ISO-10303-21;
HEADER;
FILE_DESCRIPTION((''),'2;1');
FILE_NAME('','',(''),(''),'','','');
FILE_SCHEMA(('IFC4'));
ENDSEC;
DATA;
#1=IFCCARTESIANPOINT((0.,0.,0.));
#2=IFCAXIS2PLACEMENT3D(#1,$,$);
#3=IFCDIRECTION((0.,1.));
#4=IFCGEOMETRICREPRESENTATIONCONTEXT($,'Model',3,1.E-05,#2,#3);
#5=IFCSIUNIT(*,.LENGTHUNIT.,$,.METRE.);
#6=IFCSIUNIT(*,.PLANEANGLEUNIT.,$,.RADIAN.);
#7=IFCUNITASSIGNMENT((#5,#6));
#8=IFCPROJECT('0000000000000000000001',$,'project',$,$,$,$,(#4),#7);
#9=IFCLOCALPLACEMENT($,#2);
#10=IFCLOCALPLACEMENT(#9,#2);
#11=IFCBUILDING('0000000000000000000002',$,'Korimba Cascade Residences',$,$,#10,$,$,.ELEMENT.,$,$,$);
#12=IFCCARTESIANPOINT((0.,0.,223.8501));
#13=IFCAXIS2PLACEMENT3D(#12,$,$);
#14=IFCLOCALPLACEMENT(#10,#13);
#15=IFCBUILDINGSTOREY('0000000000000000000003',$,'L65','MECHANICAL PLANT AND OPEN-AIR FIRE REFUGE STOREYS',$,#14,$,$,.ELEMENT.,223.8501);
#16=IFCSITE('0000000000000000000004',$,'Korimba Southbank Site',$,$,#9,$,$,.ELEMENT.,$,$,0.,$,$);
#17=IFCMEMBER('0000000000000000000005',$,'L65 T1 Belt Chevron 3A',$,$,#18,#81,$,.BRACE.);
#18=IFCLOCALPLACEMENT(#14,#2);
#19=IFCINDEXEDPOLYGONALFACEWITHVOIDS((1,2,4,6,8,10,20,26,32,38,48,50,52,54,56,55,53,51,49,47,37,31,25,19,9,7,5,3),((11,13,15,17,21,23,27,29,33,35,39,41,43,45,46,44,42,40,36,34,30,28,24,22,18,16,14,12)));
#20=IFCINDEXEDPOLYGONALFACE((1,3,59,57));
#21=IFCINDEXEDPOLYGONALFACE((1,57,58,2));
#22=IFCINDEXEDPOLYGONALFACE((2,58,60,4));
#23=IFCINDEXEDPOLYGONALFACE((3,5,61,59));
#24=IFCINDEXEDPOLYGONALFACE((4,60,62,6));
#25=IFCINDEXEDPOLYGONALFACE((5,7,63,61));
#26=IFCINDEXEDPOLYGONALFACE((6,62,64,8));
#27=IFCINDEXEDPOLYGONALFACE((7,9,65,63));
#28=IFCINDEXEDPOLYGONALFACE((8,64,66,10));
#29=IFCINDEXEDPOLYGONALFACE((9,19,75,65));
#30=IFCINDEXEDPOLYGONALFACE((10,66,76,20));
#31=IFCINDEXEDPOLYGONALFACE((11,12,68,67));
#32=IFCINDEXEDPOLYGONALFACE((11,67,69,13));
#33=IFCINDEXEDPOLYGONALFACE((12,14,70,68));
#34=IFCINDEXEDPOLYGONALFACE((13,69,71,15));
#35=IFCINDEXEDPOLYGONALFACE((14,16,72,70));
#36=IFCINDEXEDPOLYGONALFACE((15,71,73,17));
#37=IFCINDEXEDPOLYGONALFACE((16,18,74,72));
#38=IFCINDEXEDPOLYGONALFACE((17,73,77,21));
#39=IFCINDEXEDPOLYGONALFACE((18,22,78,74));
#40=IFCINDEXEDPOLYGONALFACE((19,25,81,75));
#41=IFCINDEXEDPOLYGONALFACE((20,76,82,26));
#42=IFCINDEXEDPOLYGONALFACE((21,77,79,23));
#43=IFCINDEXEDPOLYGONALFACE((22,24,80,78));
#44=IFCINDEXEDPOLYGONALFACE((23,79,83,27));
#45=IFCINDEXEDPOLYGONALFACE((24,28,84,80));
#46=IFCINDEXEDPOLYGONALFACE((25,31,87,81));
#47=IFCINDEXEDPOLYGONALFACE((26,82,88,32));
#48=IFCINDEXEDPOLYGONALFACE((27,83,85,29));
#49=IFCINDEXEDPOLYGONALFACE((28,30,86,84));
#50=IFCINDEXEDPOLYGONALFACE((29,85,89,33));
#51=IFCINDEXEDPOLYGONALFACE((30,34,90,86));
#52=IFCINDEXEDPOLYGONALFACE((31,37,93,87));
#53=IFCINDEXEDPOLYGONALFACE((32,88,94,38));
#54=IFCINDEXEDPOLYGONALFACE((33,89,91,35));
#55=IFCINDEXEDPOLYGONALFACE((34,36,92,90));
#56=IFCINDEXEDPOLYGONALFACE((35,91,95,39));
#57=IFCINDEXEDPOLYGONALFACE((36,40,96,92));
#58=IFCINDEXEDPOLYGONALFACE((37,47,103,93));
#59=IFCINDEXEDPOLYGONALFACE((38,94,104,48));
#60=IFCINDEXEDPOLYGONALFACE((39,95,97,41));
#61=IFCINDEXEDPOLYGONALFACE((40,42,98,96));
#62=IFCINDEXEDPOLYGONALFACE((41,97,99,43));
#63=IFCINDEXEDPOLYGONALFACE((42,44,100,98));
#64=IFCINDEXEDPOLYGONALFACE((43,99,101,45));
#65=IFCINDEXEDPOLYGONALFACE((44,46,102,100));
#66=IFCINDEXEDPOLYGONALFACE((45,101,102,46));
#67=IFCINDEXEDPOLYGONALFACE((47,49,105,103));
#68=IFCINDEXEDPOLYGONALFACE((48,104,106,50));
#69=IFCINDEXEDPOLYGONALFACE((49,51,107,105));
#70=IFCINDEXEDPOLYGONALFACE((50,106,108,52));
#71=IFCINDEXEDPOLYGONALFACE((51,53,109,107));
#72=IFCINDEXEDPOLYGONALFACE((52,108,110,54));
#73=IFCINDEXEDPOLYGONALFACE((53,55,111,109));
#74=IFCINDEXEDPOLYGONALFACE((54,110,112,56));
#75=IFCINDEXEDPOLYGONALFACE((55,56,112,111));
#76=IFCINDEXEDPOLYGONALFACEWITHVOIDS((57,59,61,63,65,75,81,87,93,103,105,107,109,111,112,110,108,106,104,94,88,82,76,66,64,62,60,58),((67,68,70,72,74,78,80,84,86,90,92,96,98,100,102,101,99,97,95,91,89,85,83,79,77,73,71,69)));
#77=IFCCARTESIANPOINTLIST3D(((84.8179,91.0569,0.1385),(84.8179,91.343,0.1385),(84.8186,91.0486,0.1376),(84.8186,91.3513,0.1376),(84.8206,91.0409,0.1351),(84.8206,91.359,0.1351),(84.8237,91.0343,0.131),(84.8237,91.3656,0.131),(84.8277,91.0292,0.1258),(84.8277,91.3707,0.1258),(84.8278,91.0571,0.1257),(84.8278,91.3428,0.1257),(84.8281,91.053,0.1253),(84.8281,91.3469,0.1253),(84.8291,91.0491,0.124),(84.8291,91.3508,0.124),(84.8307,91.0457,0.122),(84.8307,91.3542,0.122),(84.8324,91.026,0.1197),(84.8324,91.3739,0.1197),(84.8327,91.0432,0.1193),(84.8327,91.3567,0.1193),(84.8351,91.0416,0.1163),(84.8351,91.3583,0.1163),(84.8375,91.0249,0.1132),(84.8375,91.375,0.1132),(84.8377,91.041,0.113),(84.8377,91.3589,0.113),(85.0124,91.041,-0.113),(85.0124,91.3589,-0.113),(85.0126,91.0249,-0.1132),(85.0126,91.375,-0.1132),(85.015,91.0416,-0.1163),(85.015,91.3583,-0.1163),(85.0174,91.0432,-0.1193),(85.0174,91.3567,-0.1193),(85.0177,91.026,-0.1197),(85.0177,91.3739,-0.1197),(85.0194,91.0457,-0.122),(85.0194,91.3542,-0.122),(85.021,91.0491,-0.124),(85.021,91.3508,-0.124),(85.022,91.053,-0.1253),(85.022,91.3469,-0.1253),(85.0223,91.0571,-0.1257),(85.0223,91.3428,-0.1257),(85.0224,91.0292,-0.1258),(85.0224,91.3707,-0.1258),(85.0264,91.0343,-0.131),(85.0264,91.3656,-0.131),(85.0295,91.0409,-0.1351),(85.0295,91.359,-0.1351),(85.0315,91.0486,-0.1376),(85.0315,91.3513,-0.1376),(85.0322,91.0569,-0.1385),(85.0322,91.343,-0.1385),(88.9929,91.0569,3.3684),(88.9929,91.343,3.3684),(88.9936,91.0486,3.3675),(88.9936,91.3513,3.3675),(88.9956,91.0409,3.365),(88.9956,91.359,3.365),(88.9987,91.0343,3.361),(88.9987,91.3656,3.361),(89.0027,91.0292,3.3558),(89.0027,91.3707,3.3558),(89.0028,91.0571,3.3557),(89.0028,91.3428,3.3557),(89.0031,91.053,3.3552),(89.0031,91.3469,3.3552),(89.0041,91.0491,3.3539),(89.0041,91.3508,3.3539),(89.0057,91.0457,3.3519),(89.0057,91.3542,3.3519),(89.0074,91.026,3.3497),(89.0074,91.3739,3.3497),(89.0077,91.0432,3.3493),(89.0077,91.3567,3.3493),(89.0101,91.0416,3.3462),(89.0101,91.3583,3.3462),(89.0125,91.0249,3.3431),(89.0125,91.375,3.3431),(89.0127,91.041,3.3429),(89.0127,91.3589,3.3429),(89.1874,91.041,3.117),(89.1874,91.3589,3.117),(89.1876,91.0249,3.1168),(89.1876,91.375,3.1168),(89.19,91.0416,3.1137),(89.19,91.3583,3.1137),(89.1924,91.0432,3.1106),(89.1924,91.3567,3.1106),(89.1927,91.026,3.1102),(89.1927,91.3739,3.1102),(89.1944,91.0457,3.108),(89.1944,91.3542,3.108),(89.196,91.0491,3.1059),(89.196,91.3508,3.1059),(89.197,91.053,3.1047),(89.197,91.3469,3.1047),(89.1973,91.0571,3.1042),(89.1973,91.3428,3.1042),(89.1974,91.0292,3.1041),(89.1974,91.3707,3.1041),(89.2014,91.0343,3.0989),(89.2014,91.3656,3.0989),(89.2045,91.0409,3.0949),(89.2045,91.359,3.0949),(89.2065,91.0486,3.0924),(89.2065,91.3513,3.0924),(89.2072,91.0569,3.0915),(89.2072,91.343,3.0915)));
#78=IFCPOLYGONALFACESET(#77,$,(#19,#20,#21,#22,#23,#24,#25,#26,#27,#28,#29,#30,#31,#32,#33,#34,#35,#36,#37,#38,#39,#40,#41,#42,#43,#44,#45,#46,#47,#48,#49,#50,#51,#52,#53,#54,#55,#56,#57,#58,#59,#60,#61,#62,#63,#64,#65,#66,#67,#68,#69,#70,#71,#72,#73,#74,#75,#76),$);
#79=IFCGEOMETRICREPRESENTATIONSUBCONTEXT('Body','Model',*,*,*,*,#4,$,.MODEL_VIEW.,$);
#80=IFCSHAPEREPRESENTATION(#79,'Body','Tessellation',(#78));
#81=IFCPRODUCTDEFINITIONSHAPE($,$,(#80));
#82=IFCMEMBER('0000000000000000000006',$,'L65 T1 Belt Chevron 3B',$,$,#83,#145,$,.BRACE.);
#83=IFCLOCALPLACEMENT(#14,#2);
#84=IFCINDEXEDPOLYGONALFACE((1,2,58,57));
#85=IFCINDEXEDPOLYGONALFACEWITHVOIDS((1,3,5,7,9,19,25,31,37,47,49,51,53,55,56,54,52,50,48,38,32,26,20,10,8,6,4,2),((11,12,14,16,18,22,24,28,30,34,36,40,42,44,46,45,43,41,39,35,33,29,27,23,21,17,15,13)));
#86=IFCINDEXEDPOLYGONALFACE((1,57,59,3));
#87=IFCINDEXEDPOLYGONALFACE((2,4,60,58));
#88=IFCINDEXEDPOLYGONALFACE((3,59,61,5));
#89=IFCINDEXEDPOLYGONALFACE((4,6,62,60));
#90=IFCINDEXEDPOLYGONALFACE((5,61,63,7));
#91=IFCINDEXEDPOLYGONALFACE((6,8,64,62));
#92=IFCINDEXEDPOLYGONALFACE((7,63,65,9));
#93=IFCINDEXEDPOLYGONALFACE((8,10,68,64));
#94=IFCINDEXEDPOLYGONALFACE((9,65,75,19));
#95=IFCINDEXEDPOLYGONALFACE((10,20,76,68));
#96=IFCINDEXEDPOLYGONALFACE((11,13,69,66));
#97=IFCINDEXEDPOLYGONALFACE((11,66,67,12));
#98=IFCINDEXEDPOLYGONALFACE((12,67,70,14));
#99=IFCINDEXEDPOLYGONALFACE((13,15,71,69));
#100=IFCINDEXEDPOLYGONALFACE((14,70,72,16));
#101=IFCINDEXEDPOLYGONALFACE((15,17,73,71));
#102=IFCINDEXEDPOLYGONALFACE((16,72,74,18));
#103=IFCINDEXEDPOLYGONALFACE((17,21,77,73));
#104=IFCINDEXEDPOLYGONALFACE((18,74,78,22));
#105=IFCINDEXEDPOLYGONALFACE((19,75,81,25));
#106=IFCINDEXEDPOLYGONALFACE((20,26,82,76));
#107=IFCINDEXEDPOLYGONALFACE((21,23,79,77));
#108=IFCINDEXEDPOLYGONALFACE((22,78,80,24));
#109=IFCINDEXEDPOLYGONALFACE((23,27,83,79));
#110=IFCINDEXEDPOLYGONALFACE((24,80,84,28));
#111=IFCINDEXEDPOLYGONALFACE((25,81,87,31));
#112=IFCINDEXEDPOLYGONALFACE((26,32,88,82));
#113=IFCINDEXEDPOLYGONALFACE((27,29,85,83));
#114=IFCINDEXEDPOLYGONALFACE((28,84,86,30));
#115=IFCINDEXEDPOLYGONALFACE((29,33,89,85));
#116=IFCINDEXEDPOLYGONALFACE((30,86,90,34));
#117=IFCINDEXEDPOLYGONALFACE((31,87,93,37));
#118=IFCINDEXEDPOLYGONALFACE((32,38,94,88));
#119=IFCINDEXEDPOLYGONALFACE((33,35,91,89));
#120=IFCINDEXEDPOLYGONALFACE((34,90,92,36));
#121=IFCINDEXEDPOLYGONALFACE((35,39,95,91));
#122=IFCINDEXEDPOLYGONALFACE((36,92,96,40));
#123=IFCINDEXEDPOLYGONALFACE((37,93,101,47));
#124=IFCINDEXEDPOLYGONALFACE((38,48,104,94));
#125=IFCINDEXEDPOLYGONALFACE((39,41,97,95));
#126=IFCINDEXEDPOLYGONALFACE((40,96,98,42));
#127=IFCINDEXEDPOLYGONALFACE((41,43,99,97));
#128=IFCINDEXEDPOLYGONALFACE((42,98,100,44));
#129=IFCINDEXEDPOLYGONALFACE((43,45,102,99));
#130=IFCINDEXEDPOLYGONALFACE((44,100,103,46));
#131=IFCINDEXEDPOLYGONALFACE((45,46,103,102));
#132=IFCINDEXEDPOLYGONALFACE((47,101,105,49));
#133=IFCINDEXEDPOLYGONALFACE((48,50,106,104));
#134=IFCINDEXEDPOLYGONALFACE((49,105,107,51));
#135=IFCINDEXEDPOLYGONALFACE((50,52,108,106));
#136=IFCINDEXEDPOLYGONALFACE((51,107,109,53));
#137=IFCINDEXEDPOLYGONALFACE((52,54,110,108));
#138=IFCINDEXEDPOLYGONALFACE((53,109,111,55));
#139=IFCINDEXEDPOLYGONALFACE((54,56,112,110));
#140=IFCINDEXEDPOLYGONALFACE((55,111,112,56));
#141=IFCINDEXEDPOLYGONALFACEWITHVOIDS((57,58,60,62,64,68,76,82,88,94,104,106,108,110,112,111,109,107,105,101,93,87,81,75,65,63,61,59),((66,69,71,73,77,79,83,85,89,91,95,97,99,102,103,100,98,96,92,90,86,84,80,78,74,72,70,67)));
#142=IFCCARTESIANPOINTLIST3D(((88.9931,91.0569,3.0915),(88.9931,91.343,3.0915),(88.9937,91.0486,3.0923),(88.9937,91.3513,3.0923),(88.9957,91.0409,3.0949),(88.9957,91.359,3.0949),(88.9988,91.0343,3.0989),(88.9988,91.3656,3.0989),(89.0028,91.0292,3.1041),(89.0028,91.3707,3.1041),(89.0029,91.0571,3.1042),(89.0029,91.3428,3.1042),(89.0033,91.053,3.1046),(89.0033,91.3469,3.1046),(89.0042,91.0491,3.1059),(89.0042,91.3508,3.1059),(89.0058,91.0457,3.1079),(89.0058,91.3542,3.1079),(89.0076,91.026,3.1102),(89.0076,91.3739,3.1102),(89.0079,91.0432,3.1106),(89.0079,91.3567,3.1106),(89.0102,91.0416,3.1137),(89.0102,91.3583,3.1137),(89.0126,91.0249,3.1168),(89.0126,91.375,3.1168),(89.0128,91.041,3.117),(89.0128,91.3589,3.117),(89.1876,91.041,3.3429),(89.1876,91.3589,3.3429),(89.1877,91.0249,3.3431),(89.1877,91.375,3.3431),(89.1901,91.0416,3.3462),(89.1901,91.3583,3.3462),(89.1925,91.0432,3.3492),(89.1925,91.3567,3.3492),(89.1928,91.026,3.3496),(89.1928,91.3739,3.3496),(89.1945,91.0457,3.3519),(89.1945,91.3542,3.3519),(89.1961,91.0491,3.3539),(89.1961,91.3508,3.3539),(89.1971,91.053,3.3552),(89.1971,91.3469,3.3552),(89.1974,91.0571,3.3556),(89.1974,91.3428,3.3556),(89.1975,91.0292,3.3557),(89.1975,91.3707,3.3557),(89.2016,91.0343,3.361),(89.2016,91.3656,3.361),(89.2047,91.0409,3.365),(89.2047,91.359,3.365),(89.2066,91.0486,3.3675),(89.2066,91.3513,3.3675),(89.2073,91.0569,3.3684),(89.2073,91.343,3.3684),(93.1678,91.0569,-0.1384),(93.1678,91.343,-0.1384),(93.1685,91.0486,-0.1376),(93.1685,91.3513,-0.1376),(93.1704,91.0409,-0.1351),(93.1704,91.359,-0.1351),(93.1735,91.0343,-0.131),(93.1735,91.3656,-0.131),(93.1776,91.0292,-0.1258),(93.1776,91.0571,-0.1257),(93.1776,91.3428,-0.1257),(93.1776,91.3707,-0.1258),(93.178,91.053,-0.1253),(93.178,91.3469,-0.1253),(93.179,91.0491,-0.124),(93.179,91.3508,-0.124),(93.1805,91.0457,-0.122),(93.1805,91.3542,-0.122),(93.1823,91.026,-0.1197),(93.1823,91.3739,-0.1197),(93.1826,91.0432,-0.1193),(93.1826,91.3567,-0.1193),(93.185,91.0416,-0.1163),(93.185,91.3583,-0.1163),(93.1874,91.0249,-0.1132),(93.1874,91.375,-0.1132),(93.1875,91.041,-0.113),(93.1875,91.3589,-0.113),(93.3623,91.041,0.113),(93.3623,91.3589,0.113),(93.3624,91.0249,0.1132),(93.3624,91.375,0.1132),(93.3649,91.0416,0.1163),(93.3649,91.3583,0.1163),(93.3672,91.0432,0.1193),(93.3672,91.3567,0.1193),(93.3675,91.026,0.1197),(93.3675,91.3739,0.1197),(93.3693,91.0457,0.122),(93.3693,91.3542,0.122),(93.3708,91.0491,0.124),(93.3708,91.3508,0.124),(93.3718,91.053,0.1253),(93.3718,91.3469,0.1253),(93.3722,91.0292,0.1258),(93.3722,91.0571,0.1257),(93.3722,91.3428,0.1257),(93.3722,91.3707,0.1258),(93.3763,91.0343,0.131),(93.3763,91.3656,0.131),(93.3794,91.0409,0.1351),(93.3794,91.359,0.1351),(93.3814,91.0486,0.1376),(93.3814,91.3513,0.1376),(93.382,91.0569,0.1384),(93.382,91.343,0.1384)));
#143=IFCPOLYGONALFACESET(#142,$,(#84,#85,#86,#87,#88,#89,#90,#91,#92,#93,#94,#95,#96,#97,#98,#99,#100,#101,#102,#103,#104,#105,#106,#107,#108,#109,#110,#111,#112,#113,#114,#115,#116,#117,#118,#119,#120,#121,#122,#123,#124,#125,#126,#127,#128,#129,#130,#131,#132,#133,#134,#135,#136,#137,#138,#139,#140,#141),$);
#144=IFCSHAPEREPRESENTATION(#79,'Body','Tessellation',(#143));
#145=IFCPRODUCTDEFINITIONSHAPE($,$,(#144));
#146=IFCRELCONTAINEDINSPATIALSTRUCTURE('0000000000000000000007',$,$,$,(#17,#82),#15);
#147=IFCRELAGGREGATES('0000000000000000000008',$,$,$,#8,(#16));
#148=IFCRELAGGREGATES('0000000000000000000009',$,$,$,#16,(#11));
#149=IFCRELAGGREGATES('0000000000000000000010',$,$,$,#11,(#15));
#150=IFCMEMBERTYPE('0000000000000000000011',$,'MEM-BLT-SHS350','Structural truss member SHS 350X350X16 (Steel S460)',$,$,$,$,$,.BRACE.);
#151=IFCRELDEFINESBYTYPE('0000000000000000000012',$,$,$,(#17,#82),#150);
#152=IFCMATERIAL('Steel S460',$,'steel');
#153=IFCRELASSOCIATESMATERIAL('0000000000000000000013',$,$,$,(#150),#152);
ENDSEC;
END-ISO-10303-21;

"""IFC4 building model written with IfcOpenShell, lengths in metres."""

from ifc_helpers import new_model, si_unit, direction, frame, origin, origin_2d, place, context, subcontext, project, spatial, hollow_rectangle, extrude, material, material_profile, profile_set, type_object, element, save


model = new_model("IFC4")

# Units and contexts
model_context = context("Model", 3, precision=1e-05, world=origin(), true_north=direction((0.0, 1.0)))
body_context = subcontext(model_context, "Body", "Model", "MODEL_VIEW")
ifc_project = project(units=[si_unit("LENGTHUNIT", "METRE"), si_unit("PLANEANGLEUNIT", "RADIAN")], contexts=[model_context])

# Site, building, storey
site_placement = place(None, origin())
site = spatial("IfcSite", under=ifc_project, at=site_placement, Name="Korimba Southbank Site", CompositionType="ELEMENT", RefElevation=0.0)
building_placement = place(site_placement, origin())
building = spatial("IfcBuilding", under=site, at=building_placement, Name="Korimba Cascade Residences", CompositionType="ELEMENT")
storey_placement = place(building_placement, frame((0.0, 0.0, 223.8501)))
storey = spatial("IfcBuildingStorey", under=building, at=storey_placement, Name="L65", Description="MECHANICAL PLANT AND OPEN-AIR FIRE REFUGE STOREYS", CompositionType="ELEMENT", Elevation=223.8501)

# Members
ifc_material_1 = material(Name="Steel S460", Category="steel")
ifc_material_profile_1 = material_profile(ifc_material_1, hollow_rectangle(XDim=0.3501, YDim=0.3501, WallThickness=0.0161, InnerFilletRadius=0.0161, OuterFilletRadius=0.032, at=origin_2d()), Name="Steel S460")
ifc_profile_set_1 = profile_set([ifc_material_profile_1], Name="Steel S460")
member_type_1 = type_object("IfcMemberType", Name="MEM-BLT-SHS350", Description="Structural truss member SHS 350X350X16 (Steel S460)", PredefinedType="BRACE", material=ifc_profile_set_1)
member_1_placement = place(storey_placement, frame((84.925, 91.2, 0.0), z_axis=(0.790936, 0.0, 0.611899), x_axis=(0.0, 1.0, 0.0)))
element("IfcMember", 1, at=member_1_placement, inside=storey, type_object=member_type_1, Name="L65 T1 Belt Chevron 3A", PredefinedType="BRACE", context=body_context, shape_type="SweptSolid", body=[
    extrude(hollow_rectangle(XDim=0.3501, YDim=0.3501, WallThickness=0.0161, InnerFilletRadius=0.0161, OuterFilletRadius=0.032, at=origin_2d()), origin(), (0.0, 0.0, 1.0), 5.2786),
])
member_2_placement = place(storey_placement, frame((93.2749, 91.2, 0.0), z_axis=(-0.790919, 0.0, 0.611921), x_axis=(0.0, -1.0, 0.0)))
element("IfcMember", 2, at=member_2_placement, inside=storey, type_object=member_type_1, Name="L65 T1 Belt Chevron 3B", PredefinedType="BRACE", context=body_context, shape_type="SweptSolid", body=[
    extrude(hollow_rectangle(XDim=0.3501, YDim=0.3501, WallThickness=0.0161, InnerFilletRadius=0.0161, OuterFilletRadius=0.032, at=origin_2d()), origin(), (0.0, 0.0, 1.0), 5.2783),
])

save(model, "model.ifc")
